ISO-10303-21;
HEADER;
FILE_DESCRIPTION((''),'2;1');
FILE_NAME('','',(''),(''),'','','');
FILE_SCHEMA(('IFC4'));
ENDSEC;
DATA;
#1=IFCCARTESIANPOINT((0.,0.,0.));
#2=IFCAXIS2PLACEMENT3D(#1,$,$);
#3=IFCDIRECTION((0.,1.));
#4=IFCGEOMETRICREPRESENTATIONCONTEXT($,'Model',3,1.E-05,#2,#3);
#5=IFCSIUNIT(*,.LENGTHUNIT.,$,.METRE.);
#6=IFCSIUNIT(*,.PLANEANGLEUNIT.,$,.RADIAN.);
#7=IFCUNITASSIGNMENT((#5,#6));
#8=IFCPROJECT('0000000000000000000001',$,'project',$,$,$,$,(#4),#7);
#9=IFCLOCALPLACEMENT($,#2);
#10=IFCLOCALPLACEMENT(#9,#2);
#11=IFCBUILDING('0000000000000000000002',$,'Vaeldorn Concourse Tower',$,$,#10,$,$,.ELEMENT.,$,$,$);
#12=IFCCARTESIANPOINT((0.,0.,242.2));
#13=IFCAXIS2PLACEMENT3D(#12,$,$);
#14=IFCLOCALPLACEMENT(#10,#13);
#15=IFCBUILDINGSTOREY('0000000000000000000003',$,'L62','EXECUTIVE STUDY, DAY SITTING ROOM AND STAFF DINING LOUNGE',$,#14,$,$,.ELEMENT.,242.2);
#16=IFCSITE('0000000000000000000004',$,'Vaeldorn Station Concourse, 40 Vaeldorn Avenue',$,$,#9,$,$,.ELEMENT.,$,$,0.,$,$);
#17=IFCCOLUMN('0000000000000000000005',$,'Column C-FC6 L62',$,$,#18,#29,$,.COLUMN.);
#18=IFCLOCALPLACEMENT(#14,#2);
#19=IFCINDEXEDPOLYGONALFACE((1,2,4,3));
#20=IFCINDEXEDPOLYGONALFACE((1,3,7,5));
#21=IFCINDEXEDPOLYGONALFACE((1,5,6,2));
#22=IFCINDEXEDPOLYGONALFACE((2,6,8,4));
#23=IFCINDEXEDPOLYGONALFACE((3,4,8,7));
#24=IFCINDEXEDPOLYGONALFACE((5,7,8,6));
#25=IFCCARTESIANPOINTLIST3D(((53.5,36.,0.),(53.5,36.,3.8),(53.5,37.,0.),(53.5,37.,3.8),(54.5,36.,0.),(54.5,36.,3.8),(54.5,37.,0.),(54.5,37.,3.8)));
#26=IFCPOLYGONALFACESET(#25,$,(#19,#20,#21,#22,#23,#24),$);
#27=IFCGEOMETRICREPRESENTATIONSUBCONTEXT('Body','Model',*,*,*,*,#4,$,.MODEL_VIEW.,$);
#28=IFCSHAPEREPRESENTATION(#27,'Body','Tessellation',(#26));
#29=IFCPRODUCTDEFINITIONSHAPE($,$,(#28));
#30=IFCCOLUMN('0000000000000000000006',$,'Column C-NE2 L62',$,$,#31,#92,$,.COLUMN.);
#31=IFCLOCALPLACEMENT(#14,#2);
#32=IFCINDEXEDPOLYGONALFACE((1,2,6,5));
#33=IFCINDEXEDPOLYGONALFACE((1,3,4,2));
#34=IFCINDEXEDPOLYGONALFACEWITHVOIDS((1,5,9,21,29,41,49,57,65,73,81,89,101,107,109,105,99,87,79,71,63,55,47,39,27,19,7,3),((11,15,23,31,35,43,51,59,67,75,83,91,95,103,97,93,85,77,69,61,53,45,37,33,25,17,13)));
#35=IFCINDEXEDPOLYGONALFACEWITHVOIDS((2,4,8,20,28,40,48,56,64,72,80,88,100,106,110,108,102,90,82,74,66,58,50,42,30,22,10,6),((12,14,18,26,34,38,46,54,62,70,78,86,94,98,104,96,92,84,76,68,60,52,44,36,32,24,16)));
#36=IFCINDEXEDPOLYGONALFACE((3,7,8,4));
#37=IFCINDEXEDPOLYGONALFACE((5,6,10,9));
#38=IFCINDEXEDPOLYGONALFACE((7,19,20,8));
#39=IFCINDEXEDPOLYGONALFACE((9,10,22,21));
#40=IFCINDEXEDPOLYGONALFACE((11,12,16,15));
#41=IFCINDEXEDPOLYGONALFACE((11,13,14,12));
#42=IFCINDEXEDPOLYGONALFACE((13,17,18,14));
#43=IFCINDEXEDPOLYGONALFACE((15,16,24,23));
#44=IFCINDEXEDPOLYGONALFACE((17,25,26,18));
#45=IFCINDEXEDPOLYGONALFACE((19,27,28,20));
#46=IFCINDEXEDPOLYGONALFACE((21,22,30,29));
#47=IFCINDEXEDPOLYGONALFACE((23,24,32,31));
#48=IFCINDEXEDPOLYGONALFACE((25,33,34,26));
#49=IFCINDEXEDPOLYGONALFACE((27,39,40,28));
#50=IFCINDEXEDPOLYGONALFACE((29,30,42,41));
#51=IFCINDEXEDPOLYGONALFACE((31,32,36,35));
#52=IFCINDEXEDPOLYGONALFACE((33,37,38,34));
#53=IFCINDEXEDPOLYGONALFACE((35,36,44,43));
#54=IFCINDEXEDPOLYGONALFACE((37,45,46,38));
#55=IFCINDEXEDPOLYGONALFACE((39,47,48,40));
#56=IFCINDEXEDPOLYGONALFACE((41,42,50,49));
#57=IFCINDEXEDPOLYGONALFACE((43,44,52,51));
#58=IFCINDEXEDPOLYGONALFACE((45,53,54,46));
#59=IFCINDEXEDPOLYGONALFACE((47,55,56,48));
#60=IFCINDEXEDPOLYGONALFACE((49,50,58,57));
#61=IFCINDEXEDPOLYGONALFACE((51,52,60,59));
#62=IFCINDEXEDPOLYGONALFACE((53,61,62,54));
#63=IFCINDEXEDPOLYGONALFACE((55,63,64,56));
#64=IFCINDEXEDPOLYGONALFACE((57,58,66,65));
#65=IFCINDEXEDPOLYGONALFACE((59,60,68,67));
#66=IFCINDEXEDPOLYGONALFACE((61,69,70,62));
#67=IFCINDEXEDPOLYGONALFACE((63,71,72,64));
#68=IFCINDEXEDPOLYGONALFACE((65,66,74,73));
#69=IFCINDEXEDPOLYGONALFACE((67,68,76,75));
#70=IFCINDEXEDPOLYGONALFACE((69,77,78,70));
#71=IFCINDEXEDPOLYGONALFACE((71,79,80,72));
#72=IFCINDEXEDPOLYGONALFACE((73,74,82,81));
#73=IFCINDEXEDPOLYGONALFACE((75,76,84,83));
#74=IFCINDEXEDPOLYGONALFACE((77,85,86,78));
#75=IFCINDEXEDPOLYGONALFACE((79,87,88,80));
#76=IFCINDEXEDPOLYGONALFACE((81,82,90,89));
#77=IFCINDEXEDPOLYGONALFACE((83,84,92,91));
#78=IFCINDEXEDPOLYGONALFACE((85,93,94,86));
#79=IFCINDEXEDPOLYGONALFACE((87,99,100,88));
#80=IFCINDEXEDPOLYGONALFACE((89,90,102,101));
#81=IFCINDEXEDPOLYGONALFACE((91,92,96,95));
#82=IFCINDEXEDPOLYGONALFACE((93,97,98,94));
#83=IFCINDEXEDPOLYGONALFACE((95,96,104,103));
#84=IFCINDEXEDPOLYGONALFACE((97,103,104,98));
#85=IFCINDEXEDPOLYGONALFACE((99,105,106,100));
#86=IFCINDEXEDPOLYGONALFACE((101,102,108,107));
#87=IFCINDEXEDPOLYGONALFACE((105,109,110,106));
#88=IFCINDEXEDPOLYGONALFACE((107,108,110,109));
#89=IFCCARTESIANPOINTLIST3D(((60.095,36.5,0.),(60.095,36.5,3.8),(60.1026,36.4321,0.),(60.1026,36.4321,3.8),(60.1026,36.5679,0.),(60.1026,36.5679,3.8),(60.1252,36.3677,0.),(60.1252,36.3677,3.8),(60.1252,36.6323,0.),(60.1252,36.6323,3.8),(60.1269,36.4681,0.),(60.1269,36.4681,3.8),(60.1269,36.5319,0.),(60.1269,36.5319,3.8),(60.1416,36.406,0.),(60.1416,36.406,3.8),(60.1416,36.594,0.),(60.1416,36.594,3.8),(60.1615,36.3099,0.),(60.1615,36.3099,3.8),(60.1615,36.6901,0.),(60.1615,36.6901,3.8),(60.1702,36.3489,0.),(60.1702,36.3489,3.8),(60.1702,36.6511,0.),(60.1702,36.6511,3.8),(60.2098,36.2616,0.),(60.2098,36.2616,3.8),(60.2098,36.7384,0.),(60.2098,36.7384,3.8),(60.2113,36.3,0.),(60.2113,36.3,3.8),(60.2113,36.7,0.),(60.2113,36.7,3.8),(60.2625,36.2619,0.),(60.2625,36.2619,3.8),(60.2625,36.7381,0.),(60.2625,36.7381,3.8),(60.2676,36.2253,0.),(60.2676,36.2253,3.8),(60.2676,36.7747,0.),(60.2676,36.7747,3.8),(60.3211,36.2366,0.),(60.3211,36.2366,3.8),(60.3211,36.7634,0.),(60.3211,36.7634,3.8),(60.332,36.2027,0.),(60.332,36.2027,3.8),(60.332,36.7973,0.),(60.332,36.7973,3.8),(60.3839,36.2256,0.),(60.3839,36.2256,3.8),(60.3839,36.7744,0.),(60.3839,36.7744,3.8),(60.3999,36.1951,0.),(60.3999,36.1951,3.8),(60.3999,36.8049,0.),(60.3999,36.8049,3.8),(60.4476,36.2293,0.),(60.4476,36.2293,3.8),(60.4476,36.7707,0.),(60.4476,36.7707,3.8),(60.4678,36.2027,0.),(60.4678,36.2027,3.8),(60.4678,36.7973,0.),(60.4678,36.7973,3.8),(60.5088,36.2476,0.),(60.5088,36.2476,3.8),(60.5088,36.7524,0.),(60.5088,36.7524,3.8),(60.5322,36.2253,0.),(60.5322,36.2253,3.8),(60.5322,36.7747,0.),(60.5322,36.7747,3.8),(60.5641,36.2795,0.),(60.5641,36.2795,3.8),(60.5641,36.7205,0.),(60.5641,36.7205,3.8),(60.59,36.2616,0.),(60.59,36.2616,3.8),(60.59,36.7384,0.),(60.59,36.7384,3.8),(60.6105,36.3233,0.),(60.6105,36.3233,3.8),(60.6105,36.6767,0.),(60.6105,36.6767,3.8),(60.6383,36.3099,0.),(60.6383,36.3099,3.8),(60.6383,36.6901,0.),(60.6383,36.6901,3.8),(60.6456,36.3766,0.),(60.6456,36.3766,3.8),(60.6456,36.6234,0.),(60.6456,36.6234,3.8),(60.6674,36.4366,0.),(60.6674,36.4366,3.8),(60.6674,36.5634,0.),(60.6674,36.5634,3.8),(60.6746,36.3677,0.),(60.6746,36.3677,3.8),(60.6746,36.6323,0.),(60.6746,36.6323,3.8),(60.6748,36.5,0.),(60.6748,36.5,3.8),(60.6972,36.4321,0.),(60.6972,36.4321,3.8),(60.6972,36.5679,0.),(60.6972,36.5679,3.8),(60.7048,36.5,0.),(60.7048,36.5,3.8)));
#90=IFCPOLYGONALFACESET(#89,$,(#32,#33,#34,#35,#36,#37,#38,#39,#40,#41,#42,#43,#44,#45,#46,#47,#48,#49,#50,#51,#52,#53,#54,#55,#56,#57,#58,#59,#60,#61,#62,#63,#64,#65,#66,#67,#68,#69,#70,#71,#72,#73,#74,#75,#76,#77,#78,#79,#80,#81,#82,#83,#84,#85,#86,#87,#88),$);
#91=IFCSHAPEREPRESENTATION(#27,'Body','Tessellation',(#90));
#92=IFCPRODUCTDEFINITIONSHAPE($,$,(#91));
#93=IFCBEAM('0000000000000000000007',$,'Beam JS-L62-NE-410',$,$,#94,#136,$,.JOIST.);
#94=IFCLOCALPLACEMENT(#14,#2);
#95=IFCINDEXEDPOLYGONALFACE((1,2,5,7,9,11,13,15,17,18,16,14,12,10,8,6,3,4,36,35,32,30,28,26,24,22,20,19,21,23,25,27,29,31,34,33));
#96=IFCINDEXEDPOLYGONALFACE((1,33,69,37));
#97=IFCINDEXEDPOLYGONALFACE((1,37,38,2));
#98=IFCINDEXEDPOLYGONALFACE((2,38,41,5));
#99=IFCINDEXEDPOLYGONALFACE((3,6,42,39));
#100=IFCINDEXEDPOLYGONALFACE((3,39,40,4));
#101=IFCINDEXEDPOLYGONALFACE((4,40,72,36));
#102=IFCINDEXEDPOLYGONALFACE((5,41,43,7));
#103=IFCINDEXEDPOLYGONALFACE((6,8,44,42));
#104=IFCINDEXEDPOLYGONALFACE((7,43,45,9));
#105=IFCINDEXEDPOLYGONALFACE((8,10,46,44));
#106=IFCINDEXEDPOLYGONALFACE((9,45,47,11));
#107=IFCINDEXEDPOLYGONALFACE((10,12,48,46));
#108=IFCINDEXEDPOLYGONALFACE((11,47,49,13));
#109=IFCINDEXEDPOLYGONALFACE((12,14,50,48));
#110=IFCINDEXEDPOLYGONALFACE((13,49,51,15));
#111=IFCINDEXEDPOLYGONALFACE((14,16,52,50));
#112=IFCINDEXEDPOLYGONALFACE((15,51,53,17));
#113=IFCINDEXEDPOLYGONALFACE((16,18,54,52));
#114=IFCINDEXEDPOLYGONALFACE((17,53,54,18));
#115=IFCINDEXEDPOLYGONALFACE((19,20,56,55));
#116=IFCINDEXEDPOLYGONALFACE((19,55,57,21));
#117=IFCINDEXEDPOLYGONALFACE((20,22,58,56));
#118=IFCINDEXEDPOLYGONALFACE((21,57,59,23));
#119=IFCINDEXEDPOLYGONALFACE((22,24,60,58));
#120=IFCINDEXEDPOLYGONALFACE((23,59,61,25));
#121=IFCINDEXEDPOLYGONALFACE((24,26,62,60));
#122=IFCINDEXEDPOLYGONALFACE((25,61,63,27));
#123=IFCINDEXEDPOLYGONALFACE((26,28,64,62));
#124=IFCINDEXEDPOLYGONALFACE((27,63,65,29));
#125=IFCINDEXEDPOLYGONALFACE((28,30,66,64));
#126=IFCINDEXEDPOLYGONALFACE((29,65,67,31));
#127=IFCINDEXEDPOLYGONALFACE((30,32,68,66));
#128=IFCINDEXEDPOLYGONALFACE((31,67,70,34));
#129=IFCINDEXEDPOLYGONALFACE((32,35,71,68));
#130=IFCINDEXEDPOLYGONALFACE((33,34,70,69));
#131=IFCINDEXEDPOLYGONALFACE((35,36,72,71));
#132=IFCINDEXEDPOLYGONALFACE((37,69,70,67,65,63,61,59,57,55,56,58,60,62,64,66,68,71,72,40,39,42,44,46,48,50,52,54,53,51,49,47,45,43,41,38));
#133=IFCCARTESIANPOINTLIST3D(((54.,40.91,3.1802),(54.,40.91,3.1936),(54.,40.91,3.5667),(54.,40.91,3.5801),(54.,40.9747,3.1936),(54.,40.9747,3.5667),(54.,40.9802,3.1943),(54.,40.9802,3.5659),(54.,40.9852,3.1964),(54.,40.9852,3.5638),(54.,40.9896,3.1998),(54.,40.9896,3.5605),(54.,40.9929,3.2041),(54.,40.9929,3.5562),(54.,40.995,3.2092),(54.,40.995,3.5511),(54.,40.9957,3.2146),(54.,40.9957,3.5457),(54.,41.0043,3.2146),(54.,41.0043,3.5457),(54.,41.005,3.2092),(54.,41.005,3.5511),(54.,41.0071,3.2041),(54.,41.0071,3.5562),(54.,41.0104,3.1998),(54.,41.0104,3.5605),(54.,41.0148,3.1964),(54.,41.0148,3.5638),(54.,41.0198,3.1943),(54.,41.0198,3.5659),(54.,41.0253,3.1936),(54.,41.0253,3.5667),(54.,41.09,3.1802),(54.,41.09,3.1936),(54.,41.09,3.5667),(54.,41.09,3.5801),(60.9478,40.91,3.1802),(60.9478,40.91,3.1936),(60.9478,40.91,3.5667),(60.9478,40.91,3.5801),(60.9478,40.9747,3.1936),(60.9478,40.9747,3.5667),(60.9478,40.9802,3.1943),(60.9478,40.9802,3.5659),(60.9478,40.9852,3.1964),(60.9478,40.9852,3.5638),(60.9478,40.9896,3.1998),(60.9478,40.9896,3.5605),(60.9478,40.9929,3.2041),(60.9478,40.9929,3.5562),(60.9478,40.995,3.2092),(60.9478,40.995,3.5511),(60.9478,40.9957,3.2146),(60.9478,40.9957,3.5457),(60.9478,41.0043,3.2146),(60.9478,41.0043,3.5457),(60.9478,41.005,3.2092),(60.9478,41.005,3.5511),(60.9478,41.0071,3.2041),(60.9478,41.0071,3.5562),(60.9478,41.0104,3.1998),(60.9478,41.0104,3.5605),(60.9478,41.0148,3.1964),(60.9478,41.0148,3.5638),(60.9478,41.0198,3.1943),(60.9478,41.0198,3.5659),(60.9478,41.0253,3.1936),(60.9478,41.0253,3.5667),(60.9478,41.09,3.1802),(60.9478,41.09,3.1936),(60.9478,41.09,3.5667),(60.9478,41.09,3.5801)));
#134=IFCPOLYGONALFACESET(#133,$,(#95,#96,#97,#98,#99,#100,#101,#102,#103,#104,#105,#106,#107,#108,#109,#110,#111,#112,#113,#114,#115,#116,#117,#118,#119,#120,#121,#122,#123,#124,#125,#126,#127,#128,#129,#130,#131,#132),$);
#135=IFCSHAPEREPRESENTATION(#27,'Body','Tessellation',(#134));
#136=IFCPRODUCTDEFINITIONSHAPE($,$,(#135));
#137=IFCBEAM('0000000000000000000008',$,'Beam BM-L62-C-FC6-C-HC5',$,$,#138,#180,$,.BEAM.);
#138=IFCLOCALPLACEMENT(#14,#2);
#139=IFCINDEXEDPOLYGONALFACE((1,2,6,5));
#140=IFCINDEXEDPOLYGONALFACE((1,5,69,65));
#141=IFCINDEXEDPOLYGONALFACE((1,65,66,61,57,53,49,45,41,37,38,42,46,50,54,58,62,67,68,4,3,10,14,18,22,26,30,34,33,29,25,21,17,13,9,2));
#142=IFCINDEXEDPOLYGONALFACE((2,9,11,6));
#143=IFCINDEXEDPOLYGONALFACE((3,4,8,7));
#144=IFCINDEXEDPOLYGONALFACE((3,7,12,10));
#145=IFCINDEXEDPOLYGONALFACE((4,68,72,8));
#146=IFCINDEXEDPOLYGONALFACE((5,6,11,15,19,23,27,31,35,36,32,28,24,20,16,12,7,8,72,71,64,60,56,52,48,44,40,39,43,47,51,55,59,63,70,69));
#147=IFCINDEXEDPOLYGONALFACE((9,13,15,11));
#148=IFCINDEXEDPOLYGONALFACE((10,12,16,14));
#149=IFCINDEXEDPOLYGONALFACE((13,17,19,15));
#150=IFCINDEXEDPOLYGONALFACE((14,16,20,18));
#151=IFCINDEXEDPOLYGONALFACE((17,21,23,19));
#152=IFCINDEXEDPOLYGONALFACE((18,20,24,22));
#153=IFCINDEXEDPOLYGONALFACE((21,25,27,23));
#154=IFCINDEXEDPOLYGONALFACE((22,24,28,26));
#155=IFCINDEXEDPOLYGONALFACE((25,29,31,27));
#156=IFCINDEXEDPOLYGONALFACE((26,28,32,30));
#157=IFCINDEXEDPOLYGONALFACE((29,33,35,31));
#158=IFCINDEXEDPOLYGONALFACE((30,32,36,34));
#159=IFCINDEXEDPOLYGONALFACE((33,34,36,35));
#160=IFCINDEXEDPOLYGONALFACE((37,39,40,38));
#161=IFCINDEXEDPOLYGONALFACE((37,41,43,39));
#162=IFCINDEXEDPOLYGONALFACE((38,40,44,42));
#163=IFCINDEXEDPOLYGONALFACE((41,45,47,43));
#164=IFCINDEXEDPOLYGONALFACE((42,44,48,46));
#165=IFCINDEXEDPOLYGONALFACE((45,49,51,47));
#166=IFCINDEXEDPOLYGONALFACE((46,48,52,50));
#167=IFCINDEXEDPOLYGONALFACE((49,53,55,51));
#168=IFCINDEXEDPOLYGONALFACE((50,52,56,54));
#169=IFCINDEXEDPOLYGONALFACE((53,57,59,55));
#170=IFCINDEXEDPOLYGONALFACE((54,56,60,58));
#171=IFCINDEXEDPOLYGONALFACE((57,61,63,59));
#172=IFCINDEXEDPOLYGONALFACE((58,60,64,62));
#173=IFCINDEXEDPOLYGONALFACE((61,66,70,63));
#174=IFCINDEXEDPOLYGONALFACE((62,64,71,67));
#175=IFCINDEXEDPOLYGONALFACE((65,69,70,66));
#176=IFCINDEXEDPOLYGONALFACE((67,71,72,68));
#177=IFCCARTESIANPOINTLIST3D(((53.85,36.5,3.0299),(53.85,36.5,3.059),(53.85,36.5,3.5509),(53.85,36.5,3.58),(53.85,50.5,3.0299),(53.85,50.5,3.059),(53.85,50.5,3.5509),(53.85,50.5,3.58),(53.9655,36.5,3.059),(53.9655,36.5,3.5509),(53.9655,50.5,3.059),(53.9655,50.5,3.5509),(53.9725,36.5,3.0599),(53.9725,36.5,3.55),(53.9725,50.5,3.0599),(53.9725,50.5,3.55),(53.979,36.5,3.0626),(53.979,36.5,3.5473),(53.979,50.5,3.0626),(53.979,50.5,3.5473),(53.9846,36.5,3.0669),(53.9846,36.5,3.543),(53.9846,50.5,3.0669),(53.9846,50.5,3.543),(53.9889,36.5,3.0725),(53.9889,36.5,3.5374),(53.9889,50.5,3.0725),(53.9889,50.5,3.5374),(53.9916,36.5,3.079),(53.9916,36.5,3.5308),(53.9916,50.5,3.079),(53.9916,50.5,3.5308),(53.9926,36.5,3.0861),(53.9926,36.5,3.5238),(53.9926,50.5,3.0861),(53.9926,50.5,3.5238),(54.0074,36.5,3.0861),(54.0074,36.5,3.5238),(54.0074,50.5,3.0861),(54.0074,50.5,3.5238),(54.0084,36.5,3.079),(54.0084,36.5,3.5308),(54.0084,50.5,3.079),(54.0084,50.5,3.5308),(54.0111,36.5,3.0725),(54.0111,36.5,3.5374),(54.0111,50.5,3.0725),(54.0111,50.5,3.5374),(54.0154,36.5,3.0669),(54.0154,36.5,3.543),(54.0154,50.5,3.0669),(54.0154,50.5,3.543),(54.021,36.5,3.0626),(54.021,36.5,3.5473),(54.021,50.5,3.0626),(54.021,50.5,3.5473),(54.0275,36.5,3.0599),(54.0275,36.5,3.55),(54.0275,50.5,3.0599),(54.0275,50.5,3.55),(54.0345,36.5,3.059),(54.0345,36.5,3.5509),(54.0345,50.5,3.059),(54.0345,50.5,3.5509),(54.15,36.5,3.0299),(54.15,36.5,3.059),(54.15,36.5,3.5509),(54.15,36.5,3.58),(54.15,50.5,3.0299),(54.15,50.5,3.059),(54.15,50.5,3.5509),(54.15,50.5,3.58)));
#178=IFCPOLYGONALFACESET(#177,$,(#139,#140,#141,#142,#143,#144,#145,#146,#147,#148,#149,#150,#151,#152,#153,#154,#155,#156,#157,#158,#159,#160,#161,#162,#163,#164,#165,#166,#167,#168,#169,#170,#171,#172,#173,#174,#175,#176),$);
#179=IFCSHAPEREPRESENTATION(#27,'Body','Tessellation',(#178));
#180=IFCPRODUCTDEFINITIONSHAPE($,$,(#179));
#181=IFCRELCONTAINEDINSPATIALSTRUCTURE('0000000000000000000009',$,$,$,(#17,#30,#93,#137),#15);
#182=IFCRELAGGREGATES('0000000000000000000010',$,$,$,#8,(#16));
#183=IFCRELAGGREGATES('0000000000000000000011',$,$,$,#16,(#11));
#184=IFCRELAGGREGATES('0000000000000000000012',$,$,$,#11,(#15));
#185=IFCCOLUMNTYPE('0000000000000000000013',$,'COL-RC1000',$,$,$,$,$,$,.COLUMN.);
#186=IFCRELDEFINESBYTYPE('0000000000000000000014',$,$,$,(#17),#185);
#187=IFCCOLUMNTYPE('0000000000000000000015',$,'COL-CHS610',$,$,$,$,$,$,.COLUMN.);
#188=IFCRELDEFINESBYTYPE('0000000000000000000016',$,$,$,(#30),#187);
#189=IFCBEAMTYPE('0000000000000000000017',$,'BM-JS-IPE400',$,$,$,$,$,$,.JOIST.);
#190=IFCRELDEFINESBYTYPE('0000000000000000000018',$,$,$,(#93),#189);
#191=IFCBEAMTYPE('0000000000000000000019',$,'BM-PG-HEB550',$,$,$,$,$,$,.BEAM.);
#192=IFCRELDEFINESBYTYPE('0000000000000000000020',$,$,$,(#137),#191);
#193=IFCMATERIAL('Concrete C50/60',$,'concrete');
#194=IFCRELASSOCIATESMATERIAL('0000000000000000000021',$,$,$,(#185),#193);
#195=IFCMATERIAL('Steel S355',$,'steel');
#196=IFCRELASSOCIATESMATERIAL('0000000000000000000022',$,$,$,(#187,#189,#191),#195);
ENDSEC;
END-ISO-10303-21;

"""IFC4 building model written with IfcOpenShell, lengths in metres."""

from ifc_helpers import new_model, si_unit, direction, frame, origin, origin_2d, place, context, subcontext, project, spatial, rectangle, hollow_circle, i_section, extrude, source, transform, mapped, material, material_profile, profile_set, type_object, element, save


model = new_model("IFC4")

# Units and contexts
model_context = context("Model", 3, precision=1e-05, world=origin(), true_north=direction((0.0, 1.0)))
body_context = subcontext(model_context, "Body", "Model", "MODEL_VIEW")
ifc_project = project(units=[si_unit("LENGTHUNIT", "METRE"), si_unit("PLANEANGLEUNIT", "RADIAN")], contexts=[model_context])

# Site, building, storey
site_placement = place(None, origin())
site = spatial("IfcSite", under=ifc_project, at=site_placement, Name="Vaeldorn Station Concourse, 40 Vaeldorn Avenue", CompositionType="ELEMENT", RefElevation=0.0)
building_placement = place(site_placement, origin())
building = spatial("IfcBuilding", under=site, at=building_placement, Name="Vaeldorn Concourse Tower", CompositionType="ELEMENT")
storey_placement = place(building_placement, frame((0.0, 0.0, 242.2)))
storey = spatial("IfcBuildingStorey", under=building, at=storey_placement, Name="L62", Description="EXECUTIVE STUDY, DAY SITTING ROOM AND STAFF DINING LOUNGE", CompositionType="ELEMENT", Elevation=242.2)

# Columns
ifc_material_1 = material(Name="Concrete C50/60", Category="concrete")
ifc_material_profile_1 = material_profile(ifc_material_1, rectangle(XDim=1.0, YDim=1.0, at=origin_2d()), Name="RC 1000x1000")
ifc_profile_set_1 = profile_set([ifc_material_profile_1], Name="Concrete C50/60")
column_type_1 = type_object("IfcColumnType", Name="COL-RC1000", PredefinedType="COLUMN", material=ifc_profile_set_1)
shared_shape_1 = source(origin(), body_context, "Body", "SweptSolid", [
    extrude(rectangle(XDim=1.0, YDim=1.0, at=origin_2d()), origin(), (0.0, 0.0, 1.0), 3.8),
])
column_1_placement = place(storey_placement, frame((54.0, 36.5, 0.0), z_axis=(0.0, 0.0, 1.0), x_axis=(1.0, 0.0, 0.0)))
element("IfcColumn", 1, at=column_1_placement, inside=storey, type_object=column_type_1, Name="Column C-FC6 L62", PredefinedType="COLUMN", context=body_context, shape_type="MappedRepresentation", body=[
    mapped(shared_shape_1, transform((0.0, 0.0, 0.0), scale=1.0)),
])
ifc_material_2 = material(Name="Steel S355", Category="steel")
ifc_material_profile_2 = material_profile(ifc_material_2, hollow_circle(Radius=0.3049, WallThickness=0.03, at=origin_2d()), Name="CHS 610x30")
ifc_profile_set_2 = profile_set([ifc_material_profile_2], Name="Steel S355")
column_type_2 = type_object("IfcColumnType", Name="COL-CHS610", PredefinedType="COLUMN", material=ifc_profile_set_2)
shared_shape_2 = source(origin(), body_context, "Body", "SweptSolid", [
    extrude(hollow_circle(Radius=0.3049, WallThickness=0.03, at=origin_2d()), origin(), (0.0, 0.0, 1.0), 3.8),
])
column_2_placement = place(storey_placement, frame((60.3999, 36.5, 0.0), z_axis=(0.0, 0.0, 1.0), x_axis=(1.0, 0.0, 0.0)))
element("IfcColumn", 2, at=column_2_placement, inside=storey, type_object=column_type_2, Name="Column C-NE2 L62", PredefinedType="COLUMN", context=body_context, shape_type="MappedRepresentation", body=[
    mapped(shared_shape_2, transform((0.0, 0.0, 0.0), scale=1.0)),
])

# Beams
ifc_material_profile_3 = material_profile(ifc_material_2, i_section(OverallWidth=0.1799, OverallDepth=0.3999, WebThickness=0.0085, FlangeThickness=0.0134, FilletRadius=0.021, at=origin_2d()), Name="IPE 400")
ifc_profile_set_3 = profile_set([ifc_material_profile_3], Name="Steel S355")
beam_type_1 = type_object("IfcBeamType", Name="BM-JS-IPE400", PredefinedType="JOIST", material=ifc_profile_set_3)
shared_shape_3 = source(origin(), body_context, "Body", "SweptSolid", [
    extrude(i_section(OverallWidth=0.1799, OverallDepth=0.3999, WebThickness=0.0085, FlangeThickness=0.0134, FilletRadius=0.021, at=origin_2d()), origin(), (0.0, 0.0, 1.0), 6.9478),
])
beam_1_placement = place(storey_placement, frame((54.0, 41.0, 3.3801), z_axis=(1.0, 0.0, 0.0), x_axis=(0.0, 1.0, 0.0)))
element("IfcBeam", 3, at=beam_1_placement, inside=storey, type_object=beam_type_1, Name="Beam JS-L62-NE-410", PredefinedType="JOIST", context=body_context, shape_type="MappedRepresentation", body=[
    mapped(shared_shape_3, transform((0.0, 0.0, 0.0), scale=1.0)),
])
ifc_material_profile_4 = material_profile(ifc_material_2, i_section(OverallWidth=0.3, OverallDepth=0.55, WebThickness=0.0149, FlangeThickness=0.0291, FilletRadius=0.0271, at=origin_2d()), Name="HEB 550")
ifc_profile_set_4 = profile_set([ifc_material_profile_4], Name="Steel S355")
beam_type_2 = type_object("IfcBeamType", Name="BM-PG-HEB550", PredefinedType="BEAM", material=ifc_profile_set_4)
shared_shape_4 = source(origin(), body_context, "Body", "SweptSolid", [
    extrude(i_section(OverallWidth=0.3, OverallDepth=0.55, WebThickness=0.0149, FlangeThickness=0.0291, FilletRadius=0.0271, at=origin_2d()), origin(), (0.0, 0.0, 1.0), 14.0),
])
beam_2_placement = place(storey_placement, frame((54.0, 36.5, 3.3049), z_axis=(0.0, 1.0, 0.0), x_axis=(-1.0, 0.0, 0.0)))
element("IfcBeam", 4, at=beam_2_placement, inside=storey, type_object=beam_type_2, Name="Beam BM-L62-C-FC6-C-HC5", PredefinedType="BEAM", context=body_context, shape_type="MappedRepresentation", body=[
    mapped(shared_shape_4, transform((0.0, 0.0, 0.0), scale=1.0)),
])

save(model, "model.ifc")
